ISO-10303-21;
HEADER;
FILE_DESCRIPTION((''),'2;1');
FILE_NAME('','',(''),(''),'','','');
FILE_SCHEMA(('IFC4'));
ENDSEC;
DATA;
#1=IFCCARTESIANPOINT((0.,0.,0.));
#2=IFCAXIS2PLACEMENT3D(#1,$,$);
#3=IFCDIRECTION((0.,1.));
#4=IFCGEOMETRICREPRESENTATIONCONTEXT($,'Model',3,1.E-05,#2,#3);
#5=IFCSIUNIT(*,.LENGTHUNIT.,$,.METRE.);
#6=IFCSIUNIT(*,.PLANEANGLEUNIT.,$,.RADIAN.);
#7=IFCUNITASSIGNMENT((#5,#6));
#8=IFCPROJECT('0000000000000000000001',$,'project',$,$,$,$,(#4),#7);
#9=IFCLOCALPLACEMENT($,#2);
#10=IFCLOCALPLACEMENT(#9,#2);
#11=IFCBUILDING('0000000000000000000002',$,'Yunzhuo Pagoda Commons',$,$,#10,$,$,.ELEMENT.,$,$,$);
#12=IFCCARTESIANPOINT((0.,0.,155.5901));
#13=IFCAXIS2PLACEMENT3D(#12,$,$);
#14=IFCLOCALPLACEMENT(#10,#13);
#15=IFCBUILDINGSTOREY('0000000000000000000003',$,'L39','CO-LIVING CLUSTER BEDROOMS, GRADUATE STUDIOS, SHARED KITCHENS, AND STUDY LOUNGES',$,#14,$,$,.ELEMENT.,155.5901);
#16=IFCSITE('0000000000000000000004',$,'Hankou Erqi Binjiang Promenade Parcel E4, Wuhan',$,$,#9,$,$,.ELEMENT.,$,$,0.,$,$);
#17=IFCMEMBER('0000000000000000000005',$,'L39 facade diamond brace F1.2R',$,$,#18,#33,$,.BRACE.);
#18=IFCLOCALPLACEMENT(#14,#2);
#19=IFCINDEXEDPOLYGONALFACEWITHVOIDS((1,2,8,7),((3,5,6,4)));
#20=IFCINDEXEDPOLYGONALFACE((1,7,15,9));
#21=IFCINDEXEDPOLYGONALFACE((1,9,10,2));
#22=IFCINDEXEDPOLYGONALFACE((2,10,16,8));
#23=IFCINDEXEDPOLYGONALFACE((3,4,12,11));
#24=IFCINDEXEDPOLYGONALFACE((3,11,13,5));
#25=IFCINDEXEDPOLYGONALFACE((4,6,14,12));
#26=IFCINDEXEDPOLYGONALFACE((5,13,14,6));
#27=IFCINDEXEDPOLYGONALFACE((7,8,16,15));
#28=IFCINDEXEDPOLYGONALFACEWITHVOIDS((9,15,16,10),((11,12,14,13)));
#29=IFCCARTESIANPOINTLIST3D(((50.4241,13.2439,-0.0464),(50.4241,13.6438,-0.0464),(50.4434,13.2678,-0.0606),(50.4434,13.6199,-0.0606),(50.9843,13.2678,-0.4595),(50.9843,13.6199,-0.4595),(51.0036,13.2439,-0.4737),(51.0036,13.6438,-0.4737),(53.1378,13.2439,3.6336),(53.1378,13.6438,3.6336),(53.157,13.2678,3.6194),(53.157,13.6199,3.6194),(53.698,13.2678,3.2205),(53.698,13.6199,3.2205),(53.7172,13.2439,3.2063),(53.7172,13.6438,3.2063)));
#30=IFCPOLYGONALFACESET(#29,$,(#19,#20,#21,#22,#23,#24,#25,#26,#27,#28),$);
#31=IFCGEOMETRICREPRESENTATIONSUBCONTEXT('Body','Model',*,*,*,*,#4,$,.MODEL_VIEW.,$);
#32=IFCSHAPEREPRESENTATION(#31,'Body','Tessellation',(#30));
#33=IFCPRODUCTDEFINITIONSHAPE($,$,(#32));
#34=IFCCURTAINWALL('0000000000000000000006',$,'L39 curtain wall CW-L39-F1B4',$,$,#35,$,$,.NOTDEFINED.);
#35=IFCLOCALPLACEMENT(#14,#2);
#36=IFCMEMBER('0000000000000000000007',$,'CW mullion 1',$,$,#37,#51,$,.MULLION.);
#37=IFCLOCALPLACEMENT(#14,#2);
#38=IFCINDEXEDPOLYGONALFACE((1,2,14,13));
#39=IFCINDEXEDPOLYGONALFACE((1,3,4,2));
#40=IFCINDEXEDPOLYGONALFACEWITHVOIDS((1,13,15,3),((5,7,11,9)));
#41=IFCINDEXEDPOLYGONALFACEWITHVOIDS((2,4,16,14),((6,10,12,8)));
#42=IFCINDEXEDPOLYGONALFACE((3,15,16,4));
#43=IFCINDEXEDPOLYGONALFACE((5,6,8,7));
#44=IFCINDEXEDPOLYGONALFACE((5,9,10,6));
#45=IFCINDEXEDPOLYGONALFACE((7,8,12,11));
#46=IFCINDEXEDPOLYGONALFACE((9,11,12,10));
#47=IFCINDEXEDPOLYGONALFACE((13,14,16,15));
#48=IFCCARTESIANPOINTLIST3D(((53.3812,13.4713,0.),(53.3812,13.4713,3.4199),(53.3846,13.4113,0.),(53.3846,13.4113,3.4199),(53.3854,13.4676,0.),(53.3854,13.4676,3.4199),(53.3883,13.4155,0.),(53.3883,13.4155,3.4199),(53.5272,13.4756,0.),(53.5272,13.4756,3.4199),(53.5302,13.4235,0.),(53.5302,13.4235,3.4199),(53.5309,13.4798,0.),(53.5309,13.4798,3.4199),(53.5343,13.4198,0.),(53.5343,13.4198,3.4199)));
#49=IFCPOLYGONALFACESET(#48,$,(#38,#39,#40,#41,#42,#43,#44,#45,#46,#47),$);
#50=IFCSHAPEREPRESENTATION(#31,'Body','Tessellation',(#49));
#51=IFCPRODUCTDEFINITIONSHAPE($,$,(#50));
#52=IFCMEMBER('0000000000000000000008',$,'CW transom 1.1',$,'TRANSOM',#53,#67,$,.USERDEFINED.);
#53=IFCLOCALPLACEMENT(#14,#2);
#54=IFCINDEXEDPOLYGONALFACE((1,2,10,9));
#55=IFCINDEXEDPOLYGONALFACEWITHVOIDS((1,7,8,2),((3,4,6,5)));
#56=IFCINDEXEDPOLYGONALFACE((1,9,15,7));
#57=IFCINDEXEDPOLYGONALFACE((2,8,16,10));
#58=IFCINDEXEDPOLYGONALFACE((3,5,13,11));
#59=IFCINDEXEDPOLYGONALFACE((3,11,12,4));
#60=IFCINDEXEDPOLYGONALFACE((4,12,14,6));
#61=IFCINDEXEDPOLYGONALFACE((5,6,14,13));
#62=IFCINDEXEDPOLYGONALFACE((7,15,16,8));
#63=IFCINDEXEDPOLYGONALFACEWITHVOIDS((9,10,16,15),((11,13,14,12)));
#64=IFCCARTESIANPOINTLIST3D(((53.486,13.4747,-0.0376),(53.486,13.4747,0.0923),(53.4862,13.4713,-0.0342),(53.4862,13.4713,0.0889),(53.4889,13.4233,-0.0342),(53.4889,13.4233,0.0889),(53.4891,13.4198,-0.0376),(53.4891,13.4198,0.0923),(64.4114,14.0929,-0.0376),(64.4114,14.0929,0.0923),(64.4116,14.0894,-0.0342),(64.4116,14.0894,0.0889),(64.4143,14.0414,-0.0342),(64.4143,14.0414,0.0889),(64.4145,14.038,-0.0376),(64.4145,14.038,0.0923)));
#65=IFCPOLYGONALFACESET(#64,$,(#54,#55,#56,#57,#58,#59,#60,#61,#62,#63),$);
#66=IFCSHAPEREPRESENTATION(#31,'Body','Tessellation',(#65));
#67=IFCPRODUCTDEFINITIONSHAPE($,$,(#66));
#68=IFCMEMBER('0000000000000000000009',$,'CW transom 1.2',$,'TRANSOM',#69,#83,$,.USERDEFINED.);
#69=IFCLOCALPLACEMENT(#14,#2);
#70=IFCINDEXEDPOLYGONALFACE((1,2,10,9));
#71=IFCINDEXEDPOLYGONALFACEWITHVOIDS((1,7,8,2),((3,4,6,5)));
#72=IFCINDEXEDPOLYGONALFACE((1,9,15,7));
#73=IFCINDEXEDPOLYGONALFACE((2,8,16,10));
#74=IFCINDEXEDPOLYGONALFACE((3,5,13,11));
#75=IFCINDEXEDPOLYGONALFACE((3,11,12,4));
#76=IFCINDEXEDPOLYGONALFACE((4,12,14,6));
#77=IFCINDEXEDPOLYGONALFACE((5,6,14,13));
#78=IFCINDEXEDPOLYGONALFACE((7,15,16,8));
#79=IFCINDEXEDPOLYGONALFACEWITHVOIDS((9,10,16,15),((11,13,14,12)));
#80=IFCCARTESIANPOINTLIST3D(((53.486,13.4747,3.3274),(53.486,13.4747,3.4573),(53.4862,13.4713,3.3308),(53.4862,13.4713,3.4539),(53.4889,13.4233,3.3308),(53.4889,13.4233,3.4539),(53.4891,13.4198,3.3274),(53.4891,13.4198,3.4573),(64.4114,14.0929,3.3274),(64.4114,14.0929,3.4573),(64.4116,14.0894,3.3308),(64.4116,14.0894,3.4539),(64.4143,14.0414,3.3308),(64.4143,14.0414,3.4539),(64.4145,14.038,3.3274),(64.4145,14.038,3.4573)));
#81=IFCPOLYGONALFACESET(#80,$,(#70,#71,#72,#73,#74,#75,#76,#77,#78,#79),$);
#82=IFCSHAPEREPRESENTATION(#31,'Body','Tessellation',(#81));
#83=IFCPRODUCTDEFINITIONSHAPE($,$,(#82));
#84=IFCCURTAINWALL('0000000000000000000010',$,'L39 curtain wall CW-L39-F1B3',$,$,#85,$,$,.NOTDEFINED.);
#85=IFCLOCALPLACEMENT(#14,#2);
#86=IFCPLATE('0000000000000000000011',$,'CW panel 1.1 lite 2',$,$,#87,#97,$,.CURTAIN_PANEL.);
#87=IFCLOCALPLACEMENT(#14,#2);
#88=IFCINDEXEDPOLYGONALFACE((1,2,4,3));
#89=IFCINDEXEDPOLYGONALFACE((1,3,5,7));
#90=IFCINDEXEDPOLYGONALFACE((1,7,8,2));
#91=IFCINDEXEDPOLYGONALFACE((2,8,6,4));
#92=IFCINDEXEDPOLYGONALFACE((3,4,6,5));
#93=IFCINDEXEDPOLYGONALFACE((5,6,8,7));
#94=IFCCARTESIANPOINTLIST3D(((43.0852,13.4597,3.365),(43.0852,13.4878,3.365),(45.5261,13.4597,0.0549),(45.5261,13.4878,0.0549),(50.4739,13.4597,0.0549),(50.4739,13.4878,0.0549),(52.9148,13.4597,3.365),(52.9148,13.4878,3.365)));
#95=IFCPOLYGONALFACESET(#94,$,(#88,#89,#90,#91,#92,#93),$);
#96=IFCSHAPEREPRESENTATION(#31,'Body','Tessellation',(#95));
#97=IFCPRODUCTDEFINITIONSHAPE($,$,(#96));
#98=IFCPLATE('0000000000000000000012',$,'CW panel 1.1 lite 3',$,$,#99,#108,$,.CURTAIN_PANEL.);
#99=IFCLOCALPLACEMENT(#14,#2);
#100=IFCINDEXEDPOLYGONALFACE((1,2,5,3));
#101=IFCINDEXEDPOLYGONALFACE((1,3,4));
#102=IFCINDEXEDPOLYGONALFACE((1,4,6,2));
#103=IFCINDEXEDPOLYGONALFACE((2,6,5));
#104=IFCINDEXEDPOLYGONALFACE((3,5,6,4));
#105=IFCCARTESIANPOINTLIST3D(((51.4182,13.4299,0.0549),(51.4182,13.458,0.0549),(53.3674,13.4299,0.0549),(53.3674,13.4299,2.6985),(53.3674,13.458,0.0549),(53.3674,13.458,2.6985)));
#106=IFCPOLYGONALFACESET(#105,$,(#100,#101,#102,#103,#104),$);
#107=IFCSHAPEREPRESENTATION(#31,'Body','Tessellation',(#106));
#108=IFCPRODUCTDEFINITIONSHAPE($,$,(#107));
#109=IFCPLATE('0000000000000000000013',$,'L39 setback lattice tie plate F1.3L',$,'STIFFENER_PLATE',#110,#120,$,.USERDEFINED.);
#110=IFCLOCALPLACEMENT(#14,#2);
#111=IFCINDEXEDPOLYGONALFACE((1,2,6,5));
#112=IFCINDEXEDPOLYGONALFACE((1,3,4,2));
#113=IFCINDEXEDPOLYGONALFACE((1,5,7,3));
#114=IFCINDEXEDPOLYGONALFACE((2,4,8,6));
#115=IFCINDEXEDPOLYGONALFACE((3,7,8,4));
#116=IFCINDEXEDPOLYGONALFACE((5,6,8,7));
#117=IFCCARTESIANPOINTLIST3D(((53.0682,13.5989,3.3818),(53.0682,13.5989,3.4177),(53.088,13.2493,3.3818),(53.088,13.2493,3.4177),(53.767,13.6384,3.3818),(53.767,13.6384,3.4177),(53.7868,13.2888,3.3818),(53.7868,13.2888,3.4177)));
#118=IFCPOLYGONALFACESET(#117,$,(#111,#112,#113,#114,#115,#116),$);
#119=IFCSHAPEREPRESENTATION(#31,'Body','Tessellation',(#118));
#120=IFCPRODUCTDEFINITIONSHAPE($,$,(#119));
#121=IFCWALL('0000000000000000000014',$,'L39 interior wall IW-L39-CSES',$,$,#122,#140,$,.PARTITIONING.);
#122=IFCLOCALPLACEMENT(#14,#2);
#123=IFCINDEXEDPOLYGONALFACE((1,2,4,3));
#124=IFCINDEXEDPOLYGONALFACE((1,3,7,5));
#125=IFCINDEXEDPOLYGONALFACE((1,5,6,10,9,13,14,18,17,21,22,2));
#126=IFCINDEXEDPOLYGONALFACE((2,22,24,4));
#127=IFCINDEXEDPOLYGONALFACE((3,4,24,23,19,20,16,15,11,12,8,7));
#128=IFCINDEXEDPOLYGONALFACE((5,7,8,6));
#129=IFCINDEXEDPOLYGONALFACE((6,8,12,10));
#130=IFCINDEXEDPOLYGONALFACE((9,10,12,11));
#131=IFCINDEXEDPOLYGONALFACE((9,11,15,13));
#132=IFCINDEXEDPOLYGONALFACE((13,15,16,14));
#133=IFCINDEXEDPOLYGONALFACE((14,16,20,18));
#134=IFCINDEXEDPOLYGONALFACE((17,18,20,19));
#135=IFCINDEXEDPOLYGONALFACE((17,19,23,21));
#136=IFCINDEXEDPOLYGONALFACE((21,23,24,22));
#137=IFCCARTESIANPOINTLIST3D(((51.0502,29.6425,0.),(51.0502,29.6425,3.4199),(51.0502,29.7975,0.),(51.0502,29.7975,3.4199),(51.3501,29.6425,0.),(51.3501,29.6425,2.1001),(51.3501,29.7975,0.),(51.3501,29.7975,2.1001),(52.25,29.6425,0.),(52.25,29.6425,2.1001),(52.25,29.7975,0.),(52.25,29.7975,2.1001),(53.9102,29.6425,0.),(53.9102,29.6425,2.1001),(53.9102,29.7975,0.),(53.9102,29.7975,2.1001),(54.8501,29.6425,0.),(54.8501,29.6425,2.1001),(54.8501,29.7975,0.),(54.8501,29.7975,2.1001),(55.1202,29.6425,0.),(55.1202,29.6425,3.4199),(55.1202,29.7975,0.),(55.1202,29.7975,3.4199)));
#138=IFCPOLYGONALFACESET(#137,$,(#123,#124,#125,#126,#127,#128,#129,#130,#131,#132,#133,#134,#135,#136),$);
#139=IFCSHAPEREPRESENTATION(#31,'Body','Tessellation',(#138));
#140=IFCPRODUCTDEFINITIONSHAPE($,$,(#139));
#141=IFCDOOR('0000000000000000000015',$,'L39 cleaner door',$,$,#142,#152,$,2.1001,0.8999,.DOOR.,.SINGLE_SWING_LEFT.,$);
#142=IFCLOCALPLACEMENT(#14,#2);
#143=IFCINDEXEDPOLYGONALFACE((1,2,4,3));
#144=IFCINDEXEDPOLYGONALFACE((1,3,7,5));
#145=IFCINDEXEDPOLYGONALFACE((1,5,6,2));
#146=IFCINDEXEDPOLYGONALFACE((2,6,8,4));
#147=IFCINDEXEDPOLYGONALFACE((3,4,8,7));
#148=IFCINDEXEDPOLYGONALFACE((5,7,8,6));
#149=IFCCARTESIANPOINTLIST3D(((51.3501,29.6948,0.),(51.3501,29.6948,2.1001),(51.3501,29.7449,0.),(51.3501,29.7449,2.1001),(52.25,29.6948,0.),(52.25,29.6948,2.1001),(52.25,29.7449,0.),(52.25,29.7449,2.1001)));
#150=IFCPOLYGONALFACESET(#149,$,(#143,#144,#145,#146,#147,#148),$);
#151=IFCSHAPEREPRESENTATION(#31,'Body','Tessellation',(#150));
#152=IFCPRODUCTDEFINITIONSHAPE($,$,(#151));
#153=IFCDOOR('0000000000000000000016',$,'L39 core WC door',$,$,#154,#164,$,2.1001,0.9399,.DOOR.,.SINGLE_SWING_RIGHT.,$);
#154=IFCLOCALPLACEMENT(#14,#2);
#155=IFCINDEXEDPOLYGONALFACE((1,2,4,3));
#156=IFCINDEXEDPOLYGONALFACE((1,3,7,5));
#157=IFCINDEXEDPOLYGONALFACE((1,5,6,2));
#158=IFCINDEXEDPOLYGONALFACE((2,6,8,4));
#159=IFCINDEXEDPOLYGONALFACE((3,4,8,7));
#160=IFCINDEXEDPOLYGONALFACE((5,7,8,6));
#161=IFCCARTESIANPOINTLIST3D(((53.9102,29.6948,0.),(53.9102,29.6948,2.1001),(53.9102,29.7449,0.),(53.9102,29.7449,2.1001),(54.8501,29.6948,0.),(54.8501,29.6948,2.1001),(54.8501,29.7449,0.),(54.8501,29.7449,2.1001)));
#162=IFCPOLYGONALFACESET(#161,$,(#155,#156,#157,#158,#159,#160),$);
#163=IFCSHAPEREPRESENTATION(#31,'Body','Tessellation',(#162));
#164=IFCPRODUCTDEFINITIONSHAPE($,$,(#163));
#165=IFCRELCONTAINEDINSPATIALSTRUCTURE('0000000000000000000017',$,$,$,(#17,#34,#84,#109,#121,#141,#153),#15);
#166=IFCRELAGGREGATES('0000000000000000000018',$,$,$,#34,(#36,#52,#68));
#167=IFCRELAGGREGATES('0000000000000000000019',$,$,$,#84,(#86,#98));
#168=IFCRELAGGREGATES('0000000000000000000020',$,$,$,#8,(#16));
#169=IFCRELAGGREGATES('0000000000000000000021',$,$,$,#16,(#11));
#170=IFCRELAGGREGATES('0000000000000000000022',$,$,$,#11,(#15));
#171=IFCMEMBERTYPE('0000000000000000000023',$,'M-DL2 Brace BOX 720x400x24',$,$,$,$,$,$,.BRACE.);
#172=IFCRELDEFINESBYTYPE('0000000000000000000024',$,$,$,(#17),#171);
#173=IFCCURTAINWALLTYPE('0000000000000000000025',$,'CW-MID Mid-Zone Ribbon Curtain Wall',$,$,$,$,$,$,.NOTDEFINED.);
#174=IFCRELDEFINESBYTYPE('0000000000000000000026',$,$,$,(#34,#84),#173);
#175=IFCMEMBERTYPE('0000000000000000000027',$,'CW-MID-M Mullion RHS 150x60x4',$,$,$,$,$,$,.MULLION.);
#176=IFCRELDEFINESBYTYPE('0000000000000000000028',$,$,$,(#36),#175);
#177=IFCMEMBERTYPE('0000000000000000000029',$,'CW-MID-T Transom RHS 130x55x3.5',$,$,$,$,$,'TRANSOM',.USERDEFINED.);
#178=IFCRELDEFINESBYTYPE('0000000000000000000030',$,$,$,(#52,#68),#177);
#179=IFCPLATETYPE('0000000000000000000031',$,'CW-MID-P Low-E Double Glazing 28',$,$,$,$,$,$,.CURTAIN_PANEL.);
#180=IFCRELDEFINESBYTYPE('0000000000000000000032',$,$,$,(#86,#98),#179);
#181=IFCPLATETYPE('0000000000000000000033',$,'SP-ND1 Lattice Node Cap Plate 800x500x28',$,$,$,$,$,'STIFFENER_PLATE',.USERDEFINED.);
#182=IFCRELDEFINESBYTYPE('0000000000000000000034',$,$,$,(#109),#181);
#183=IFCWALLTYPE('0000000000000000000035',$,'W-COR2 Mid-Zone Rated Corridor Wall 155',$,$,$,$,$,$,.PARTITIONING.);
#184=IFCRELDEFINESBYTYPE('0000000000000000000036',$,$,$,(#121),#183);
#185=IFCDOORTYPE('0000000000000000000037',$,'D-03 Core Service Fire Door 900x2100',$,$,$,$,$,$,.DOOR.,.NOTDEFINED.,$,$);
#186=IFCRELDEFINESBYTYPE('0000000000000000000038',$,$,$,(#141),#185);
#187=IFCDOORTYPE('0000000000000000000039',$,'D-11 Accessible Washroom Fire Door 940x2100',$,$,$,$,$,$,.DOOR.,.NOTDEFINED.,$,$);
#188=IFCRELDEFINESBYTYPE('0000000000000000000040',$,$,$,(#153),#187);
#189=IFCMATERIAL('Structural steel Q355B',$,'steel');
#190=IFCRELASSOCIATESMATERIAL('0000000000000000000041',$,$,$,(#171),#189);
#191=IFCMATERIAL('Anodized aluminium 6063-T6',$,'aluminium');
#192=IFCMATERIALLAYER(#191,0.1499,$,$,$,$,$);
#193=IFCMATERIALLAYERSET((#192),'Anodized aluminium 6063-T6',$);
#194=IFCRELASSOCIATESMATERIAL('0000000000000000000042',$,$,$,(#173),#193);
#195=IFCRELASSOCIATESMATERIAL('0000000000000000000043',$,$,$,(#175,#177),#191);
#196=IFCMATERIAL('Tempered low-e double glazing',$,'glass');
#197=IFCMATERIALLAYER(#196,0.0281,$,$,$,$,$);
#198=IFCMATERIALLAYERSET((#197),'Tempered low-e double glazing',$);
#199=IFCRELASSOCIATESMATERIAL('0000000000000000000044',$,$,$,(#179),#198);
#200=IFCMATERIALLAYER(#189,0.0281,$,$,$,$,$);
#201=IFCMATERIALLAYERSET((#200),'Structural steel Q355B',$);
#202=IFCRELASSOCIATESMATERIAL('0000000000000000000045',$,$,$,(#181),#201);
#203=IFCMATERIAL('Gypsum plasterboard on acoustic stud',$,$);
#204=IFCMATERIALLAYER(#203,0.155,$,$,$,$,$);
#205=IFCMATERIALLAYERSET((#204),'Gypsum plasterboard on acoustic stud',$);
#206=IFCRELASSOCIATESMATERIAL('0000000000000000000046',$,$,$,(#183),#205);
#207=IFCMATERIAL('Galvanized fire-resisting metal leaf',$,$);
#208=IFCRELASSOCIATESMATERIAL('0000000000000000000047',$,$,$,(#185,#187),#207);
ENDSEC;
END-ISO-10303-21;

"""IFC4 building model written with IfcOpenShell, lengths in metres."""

from ifc_helpers import new_model, si_unit, direction, frame, frame_2d, origin, origin_with_axes, origin_2d, place, context, subcontext, project, spatial, polyline, rectangle, hollow_rectangle, outline, extrude, source, transform, mapped, material, layer, layer_set, material_profile, profile_set, type_object, element, fill, aggregate, save


model = new_model("IFC4")

# Units and contexts
model_context = context("Model", 3, precision=1e-05, world=origin(), true_north=direction((0.0, 1.0)))
body_context = subcontext(model_context, "Body", "Model", "MODEL_VIEW")
ifc_project = project(units=[si_unit("LENGTHUNIT", "METRE"), si_unit("PLANEANGLEUNIT", "RADIAN")], contexts=[model_context])

# Site, building, storey
site_placement = place(None, origin())
site = spatial("IfcSite", under=ifc_project, at=site_placement, Name="Hankou Erqi Binjiang Promenade Parcel E4, Wuhan", CompositionType="ELEMENT", RefElevation=0.0)
building_placement = place(site_placement, origin())
building = spatial("IfcBuilding", under=site, at=building_placement, Name="Yunzhuo Pagoda Commons", CompositionType="ELEMENT")
storey_placement = place(building_placement, frame((0.0, 0.0, 155.5901)))
storey = spatial("IfcBuildingStorey", under=building, at=storey_placement, Name="L39", Description="CO-LIVING CLUSTER BEDROOMS, GRADUATE STUDIOS, SHARED KITCHENS, AND STUDY LOUNGES", CompositionType="ELEMENT", Elevation=155.5901)

# Shared definitions
ifc_material_1 = material(Name="Structural steel Q355B", Category="steel")

# Member
ifc_material_profile_1 = material_profile(ifc_material_1, hollow_rectangle(XDim=0.3999, YDim=0.72, WallThickness=0.0239, at=origin_2d()), Name="Structural steel Q355B")
ifc_profile_set_1 = profile_set([ifc_material_profile_1], Name="Structural steel Q355B")
member_type_1 = type_object("IfcMemberType", Name="M-DL2 Brace BOX 720x400x24", PredefinedType="BRACE", material=ifc_profile_set_1)
shared_shape_1 = source(origin(), body_context, "Body", "SweptSolid", [
    extrude(hollow_rectangle(XDim=0.3999, YDim=0.72, WallThickness=0.0239, at=origin_2d()), origin(), (0.0, 0.0, 1.0), 4.5723),
])
member_1_placement = place(storey_placement, frame((50.7139, 13.4438, -0.26), z_axis=(0.593496, 0.0, 0.804837), x_axis=(0.0, 1.0, 0.0)))
element("IfcMember", 1, at=member_1_placement, inside=storey, type_object=member_type_1, Name="L39 facade diamond brace F1.2R", PredefinedType="BRACE", context=body_context, shape_type="MappedRepresentation", body=[
    mapped(shared_shape_1, transform((0.0, 0.0, 0.0), scale=1.0)),
])

# Curtain wall, members
ifc_material_2 = material(Name="Anodized aluminium 6063-T6", Category="aluminium")
ifc_layer_1 = layer(ifc_material_2, 0.1499)
ifc_layer_set_1 = layer_set([ifc_layer_1], Name="Anodized aluminium 6063-T6")
curtain_wall_type = type_object("IfcCurtainWallType", Name="CW-MID Mid-Zone Ribbon Curtain Wall", PredefinedType="NOTDEFINED", material=ifc_layer_set_1)
curtain_wall_1_placement = place(storey_placement, origin())
curtain_wall_1 = element("IfcCurtainWall", 2, at=curtain_wall_1_placement, inside=storey, type_object=curtain_wall_type, Name="L39 curtain wall CW-L39-F1B4", PredefinedType="NOTDEFINED")
ifc_material_profile_2 = material_profile(ifc_material_2, hollow_rectangle(XDim=0.0601, YDim=0.1499, WallThickness=0.0039, at=origin_2d()), Name="Anodized aluminium 6063-T6")
ifc_profile_set_2 = profile_set([ifc_material_profile_2], Name="Anodized aluminium 6063-T6")
member_type_2 = type_object("IfcMemberType", Name="CW-MID-M Mullion RHS 150x60x4", PredefinedType="MULLION", material=ifc_profile_set_2)
shared_shape_2 = source(origin(), body_context, "Body", "SweptSolid", [
    extrude(hollow_rectangle(XDim=0.0601, YDim=0.1499, WallThickness=0.0039, at=origin_2d()), origin(), (0.0, 0.0, 1.0), 3.4199),
])
member_2_placement = place(storey_placement, frame((53.4578, 13.4456, 0.0), z_axis=(0.0, 0.0, 1.0), x_axis=(-0.056459, 0.998405, 0.0)))
member_2 = element("IfcMember", 3, at=member_2_placement, type_object=member_type_2, Name="CW mullion 1", PredefinedType="MULLION", context=body_context, shape_type="MappedRepresentation", body=[
    mapped(shared_shape_2, transform((0.0, 0.0, 0.0), scale=1.0)),
])
ifc_material_profile_3 = material_profile(ifc_material_2, hollow_rectangle(XDim=0.0549, YDim=0.1299, WallThickness=0.0034, at=origin_2d()), Name="Anodized aluminium 6063-T6")
ifc_profile_set_3 = profile_set([ifc_material_profile_3], Name="Anodized aluminium 6063-T6")
member_type_3 = type_object("IfcMemberType", Name="CW-MID-T Transom RHS 130x55x3.5", ElementType="TRANSOM", PredefinedType="USERDEFINED", material=ifc_profile_set_3)
shared_shape_3 = source(origin(), body_context, "Body", "SweptSolid", [
    extrude(hollow_rectangle(XDim=0.0549, YDim=0.1299, WallThickness=0.0034, at=origin_2d()), origin(), (0.0, 0.0, 1.0), 10.9429),
])
member_3_placement = place(storey_placement, frame((53.4875, 13.4473, 0.0273), z_axis=(0.998403, 0.056491, 0.0), x_axis=(-0.056491, 0.998403, 0.0)))
member_3 = element("IfcMember", 4, at=member_3_placement, type_object=member_type_3, Name="CW transom 1.1", ObjectType="TRANSOM", PredefinedType="USERDEFINED", context=body_context, shape_type="MappedRepresentation", body=[
    mapped(shared_shape_3, transform((0.0, 0.0, 0.0), scale=1.0)),
])
member_4_placement = place(storey_placement, frame((53.4875, 13.4473, 3.3923), z_axis=(0.998403, 0.056491, 0.0), x_axis=(-0.056491, 0.998403, 0.0)))
member_4 = element("IfcMember", 5, at=member_4_placement, type_object=member_type_3, Name="CW transom 1.2", ObjectType="TRANSOM", PredefinedType="USERDEFINED", context=body_context, shape_type="MappedRepresentation", body=[
    mapped(shared_shape_3, transform((0.0, 0.0, 0.0), scale=1.0)),
])
aggregate(curtain_wall_1, [member_2, member_3, member_4])

# Curtain wall, plates
curtain_wall_2_placement = place(storey_placement, origin())
curtain_wall_2 = element("IfcCurtainWall", 6, at=curtain_wall_2_placement, inside=storey, type_object=curtain_wall_type, Name="L39 curtain wall CW-L39-F1B3", PredefinedType="NOTDEFINED")
ifc_material_3 = material(Name="Tempered low-e double glazing", Category="glass")
ifc_layer_2 = layer(ifc_material_3, 0.0281)
ifc_layer_set_2 = layer_set([ifc_layer_2], Name="Tempered low-e double glazing")
plate_type_1 = type_object("IfcPlateType", Name="CW-MID-P Low-E Double Glazing 28", PredefinedType="CURTAIN_PANEL", material=ifc_layer_set_2)
plate_1_placement = place(storey_placement, frame((48.0, 13.4878, 1.71), z_axis=(0.0, -1.0, 0.0), x_axis=(1.0, 0.0, 0.0)))
plate_1 = element("IfcPlate", 7, at=plate_1_placement, type_object=plate_type_1, Name="CW panel 1.1 lite 2", PredefinedType="CURTAIN_PANEL", context=body_context, shape_type="SweptSolid", body=[
    extrude(outline(polyline([(-4.9148, 1.655), (-2.4739, -1.655), (2.4739, -1.655), (4.9148, 1.655), (-4.9148, 1.655)])), origin(), (0.0, 0.0, 1.0), 0.0281),
])
plate_2_placement = place(storey_placement, frame((52.3928, 13.458, 1.3767), z_axis=(0.0, -1.0, 0.0), x_axis=(1.0, 0.0, 0.0)))
plate_2 = element("IfcPlate", 8, at=plate_2_placement, type_object=plate_type_1, Name="CW panel 1.1 lite 3", PredefinedType="CURTAIN_PANEL", context=body_context, shape_type="SweptSolid", body=[
    extrude(outline(polyline([(-0.9746, -1.3218), (0.9746, -1.3218), (0.9746, 1.3218), (-0.9746, -1.3218)])), origin(), (0.0, 0.0, 1.0), 0.0281),
])
aggregate(curtain_wall_2, [plate_1, plate_2])

# Plate
ifc_layer_3 = layer(ifc_material_1, 0.0281)
ifc_layer_set_3 = layer_set([ifc_layer_3], Name="Structural steel Q355B")
plate_type_2 = type_object("IfcPlateType", Name="SP-ND1 Lattice Node Cap Plate 800x500x28", ElementType="STIFFENER_PLATE", PredefinedType="USERDEFINED", material=ifc_layer_set_3)
shared_shape_4 = source(origin(), body_context, "Body", "SweptSolid", [
    extrude(rectangle(XDim=0.7, YDim=0.3501, at=origin_2d()), origin(), (0.0, 0.0, 1.0), 0.0359),
])
plate_3_placement = place(storey_placement, frame((53.4275, 13.4438, 3.3818), z_axis=(0.0, 0.0, 1.0), x_axis=(0.998405, 0.056466, 0.0)))
element("IfcPlate", 9, at=plate_3_placement, inside=storey, type_object=plate_type_2, Name="L39 setback lattice tie plate F1.3L", ObjectType="STIFFENER_PLATE", PredefinedType="USERDEFINED", context=body_context, shape_type="MappedRepresentation", body=[
    mapped(shared_shape_4, transform((0.0, 0.0, 0.0), scale=1.0)),
])

# Wall, openings, doors
ifc_material_4 = material(Name="Gypsum plasterboard on acoustic stud")
ifc_layer_4 = layer(ifc_material_4, 0.155)
ifc_layer_set_4 = layer_set([ifc_layer_4], Name="Gypsum plasterboard on acoustic stud")
wall_type_1 = type_object("IfcWallType", Name="W-COR2 Mid-Zone Rated Corridor Wall 155", PredefinedType="PARTITIONING", material=ifc_layer_set_4)
wall_1_placement = place(storey_placement, frame((51.05, 29.72, 0.0), z_axis=(0.0, 0.0, 1.0), x_axis=(1.0, 0.0, 0.0)))
wall_1 = element("IfcWall", 10, at=wall_1_placement, inside=storey, type_object=wall_type_1, Name="L39 interior wall IW-L39-CSES", PredefinedType="PARTITIONING", context=body_context, shape_type="SweptSolid", body=[
    extrude(rectangle(XDim=4.0701, YDim=0.155, at=frame_2d((2.0352, 0.0))), origin(), (0.0, 0.0, 1.0), 3.4199),
])
opening_1_placement = place(wall_1_placement, frame((0.3, 0.0, 0.0)))
opening_1 = element("IfcOpeningElement", 11, at=opening_1_placement, cuts=wall_1, PredefinedType="OPENING", context=body_context, shape_type="SweptSolid", body=[
    extrude(rectangle(XDim=0.8999, YDim=2.1001, at=frame_2d((0.45, 1.05))), frame((0.0, 0.0874, 0.0), z_axis=(0.0, -1.0, 0.0), x_axis=(1.0, 0.0, 0.0)), (0.0, 0.0, 1.0), 0.175),
])
opening_2_placement = place(wall_1_placement, frame((2.8601, 0.0, 0.0)))
opening_2 = element("IfcOpeningElement", 12, at=opening_2_placement, cuts=wall_1, PredefinedType="OPENING", context=body_context, shape_type="SweptSolid", body=[
    extrude(rectangle(XDim=0.9399, YDim=2.1001, at=frame_2d((0.47, 1.05))), frame((0.0, 0.0874, 0.0), z_axis=(0.0, -1.0, 0.0), x_axis=(1.0, 0.0, 0.0)), (0.0, 0.0, 1.0), 0.175),
])
ifc_material_5 = material(Name="Galvanized fire-resisting metal leaf")
door_type_1 = type_object("IfcDoorType", Name="D-03 Core Service Fire Door 900x2100", OperationType="NOTDEFINED", PredefinedType="DOOR", material=ifc_material_5)
shared_shape_5 = source(origin(), body_context, "Body", "SweptSolid", [
    extrude(rectangle(XDim=0.8999, YDim=2.1001, at=frame_2d((0.45, 1.05))), frame((0.0, 0.0249, 0.0), z_axis=(0.0, -1.0, 0.0), x_axis=(1.0, 0.0, 0.0)), (0.0, 0.0, 1.0), 0.05),
])
door_1_placement = place(opening_1_placement, origin_with_axes())
door_1 = element("IfcDoor", 13, at=door_1_placement, inside=storey, type_object=door_type_1, Name="L39 cleaner door", OperationType="SINGLE_SWING_LEFT", OverallHeight=2.1001, OverallWidth=0.8999, PredefinedType="DOOR", context=body_context, shape_type="MappedRepresentation", body=[
    mapped(shared_shape_5, transform((0.0, 0.0, 0.0), scale=1.0)),
])
fill(opening_1, door_1)
door_type_2 = type_object("IfcDoorType", Name="D-11 Accessible Washroom Fire Door 940x2100", OperationType="NOTDEFINED", PredefinedType="DOOR", material=ifc_material_5)
shared_shape_6 = source(origin(), body_context, "Body", "SweptSolid", [
    extrude(rectangle(XDim=0.9399, YDim=2.1001, at=frame_2d((0.47, 1.05))), frame((0.0, 0.0249, 0.0), z_axis=(0.0, -1.0, 0.0), x_axis=(1.0, 0.0, 0.0)), (0.0, 0.0, 1.0), 0.05),
])
door_2_placement = place(opening_2_placement, origin_with_axes())
door_2 = element("IfcDoor", 14, at=door_2_placement, inside=storey, type_object=door_type_2, Name="L39 core WC door", OperationType="SINGLE_SWING_RIGHT", OverallHeight=2.1001, OverallWidth=0.9399, PredefinedType="DOOR", context=body_context, shape_type="MappedRepresentation", body=[
    mapped(shared_shape_6, transform((0.0, 0.0, 0.0), scale=1.0)),
])
fill(opening_2, door_2)

save(model, "model.ifc")
